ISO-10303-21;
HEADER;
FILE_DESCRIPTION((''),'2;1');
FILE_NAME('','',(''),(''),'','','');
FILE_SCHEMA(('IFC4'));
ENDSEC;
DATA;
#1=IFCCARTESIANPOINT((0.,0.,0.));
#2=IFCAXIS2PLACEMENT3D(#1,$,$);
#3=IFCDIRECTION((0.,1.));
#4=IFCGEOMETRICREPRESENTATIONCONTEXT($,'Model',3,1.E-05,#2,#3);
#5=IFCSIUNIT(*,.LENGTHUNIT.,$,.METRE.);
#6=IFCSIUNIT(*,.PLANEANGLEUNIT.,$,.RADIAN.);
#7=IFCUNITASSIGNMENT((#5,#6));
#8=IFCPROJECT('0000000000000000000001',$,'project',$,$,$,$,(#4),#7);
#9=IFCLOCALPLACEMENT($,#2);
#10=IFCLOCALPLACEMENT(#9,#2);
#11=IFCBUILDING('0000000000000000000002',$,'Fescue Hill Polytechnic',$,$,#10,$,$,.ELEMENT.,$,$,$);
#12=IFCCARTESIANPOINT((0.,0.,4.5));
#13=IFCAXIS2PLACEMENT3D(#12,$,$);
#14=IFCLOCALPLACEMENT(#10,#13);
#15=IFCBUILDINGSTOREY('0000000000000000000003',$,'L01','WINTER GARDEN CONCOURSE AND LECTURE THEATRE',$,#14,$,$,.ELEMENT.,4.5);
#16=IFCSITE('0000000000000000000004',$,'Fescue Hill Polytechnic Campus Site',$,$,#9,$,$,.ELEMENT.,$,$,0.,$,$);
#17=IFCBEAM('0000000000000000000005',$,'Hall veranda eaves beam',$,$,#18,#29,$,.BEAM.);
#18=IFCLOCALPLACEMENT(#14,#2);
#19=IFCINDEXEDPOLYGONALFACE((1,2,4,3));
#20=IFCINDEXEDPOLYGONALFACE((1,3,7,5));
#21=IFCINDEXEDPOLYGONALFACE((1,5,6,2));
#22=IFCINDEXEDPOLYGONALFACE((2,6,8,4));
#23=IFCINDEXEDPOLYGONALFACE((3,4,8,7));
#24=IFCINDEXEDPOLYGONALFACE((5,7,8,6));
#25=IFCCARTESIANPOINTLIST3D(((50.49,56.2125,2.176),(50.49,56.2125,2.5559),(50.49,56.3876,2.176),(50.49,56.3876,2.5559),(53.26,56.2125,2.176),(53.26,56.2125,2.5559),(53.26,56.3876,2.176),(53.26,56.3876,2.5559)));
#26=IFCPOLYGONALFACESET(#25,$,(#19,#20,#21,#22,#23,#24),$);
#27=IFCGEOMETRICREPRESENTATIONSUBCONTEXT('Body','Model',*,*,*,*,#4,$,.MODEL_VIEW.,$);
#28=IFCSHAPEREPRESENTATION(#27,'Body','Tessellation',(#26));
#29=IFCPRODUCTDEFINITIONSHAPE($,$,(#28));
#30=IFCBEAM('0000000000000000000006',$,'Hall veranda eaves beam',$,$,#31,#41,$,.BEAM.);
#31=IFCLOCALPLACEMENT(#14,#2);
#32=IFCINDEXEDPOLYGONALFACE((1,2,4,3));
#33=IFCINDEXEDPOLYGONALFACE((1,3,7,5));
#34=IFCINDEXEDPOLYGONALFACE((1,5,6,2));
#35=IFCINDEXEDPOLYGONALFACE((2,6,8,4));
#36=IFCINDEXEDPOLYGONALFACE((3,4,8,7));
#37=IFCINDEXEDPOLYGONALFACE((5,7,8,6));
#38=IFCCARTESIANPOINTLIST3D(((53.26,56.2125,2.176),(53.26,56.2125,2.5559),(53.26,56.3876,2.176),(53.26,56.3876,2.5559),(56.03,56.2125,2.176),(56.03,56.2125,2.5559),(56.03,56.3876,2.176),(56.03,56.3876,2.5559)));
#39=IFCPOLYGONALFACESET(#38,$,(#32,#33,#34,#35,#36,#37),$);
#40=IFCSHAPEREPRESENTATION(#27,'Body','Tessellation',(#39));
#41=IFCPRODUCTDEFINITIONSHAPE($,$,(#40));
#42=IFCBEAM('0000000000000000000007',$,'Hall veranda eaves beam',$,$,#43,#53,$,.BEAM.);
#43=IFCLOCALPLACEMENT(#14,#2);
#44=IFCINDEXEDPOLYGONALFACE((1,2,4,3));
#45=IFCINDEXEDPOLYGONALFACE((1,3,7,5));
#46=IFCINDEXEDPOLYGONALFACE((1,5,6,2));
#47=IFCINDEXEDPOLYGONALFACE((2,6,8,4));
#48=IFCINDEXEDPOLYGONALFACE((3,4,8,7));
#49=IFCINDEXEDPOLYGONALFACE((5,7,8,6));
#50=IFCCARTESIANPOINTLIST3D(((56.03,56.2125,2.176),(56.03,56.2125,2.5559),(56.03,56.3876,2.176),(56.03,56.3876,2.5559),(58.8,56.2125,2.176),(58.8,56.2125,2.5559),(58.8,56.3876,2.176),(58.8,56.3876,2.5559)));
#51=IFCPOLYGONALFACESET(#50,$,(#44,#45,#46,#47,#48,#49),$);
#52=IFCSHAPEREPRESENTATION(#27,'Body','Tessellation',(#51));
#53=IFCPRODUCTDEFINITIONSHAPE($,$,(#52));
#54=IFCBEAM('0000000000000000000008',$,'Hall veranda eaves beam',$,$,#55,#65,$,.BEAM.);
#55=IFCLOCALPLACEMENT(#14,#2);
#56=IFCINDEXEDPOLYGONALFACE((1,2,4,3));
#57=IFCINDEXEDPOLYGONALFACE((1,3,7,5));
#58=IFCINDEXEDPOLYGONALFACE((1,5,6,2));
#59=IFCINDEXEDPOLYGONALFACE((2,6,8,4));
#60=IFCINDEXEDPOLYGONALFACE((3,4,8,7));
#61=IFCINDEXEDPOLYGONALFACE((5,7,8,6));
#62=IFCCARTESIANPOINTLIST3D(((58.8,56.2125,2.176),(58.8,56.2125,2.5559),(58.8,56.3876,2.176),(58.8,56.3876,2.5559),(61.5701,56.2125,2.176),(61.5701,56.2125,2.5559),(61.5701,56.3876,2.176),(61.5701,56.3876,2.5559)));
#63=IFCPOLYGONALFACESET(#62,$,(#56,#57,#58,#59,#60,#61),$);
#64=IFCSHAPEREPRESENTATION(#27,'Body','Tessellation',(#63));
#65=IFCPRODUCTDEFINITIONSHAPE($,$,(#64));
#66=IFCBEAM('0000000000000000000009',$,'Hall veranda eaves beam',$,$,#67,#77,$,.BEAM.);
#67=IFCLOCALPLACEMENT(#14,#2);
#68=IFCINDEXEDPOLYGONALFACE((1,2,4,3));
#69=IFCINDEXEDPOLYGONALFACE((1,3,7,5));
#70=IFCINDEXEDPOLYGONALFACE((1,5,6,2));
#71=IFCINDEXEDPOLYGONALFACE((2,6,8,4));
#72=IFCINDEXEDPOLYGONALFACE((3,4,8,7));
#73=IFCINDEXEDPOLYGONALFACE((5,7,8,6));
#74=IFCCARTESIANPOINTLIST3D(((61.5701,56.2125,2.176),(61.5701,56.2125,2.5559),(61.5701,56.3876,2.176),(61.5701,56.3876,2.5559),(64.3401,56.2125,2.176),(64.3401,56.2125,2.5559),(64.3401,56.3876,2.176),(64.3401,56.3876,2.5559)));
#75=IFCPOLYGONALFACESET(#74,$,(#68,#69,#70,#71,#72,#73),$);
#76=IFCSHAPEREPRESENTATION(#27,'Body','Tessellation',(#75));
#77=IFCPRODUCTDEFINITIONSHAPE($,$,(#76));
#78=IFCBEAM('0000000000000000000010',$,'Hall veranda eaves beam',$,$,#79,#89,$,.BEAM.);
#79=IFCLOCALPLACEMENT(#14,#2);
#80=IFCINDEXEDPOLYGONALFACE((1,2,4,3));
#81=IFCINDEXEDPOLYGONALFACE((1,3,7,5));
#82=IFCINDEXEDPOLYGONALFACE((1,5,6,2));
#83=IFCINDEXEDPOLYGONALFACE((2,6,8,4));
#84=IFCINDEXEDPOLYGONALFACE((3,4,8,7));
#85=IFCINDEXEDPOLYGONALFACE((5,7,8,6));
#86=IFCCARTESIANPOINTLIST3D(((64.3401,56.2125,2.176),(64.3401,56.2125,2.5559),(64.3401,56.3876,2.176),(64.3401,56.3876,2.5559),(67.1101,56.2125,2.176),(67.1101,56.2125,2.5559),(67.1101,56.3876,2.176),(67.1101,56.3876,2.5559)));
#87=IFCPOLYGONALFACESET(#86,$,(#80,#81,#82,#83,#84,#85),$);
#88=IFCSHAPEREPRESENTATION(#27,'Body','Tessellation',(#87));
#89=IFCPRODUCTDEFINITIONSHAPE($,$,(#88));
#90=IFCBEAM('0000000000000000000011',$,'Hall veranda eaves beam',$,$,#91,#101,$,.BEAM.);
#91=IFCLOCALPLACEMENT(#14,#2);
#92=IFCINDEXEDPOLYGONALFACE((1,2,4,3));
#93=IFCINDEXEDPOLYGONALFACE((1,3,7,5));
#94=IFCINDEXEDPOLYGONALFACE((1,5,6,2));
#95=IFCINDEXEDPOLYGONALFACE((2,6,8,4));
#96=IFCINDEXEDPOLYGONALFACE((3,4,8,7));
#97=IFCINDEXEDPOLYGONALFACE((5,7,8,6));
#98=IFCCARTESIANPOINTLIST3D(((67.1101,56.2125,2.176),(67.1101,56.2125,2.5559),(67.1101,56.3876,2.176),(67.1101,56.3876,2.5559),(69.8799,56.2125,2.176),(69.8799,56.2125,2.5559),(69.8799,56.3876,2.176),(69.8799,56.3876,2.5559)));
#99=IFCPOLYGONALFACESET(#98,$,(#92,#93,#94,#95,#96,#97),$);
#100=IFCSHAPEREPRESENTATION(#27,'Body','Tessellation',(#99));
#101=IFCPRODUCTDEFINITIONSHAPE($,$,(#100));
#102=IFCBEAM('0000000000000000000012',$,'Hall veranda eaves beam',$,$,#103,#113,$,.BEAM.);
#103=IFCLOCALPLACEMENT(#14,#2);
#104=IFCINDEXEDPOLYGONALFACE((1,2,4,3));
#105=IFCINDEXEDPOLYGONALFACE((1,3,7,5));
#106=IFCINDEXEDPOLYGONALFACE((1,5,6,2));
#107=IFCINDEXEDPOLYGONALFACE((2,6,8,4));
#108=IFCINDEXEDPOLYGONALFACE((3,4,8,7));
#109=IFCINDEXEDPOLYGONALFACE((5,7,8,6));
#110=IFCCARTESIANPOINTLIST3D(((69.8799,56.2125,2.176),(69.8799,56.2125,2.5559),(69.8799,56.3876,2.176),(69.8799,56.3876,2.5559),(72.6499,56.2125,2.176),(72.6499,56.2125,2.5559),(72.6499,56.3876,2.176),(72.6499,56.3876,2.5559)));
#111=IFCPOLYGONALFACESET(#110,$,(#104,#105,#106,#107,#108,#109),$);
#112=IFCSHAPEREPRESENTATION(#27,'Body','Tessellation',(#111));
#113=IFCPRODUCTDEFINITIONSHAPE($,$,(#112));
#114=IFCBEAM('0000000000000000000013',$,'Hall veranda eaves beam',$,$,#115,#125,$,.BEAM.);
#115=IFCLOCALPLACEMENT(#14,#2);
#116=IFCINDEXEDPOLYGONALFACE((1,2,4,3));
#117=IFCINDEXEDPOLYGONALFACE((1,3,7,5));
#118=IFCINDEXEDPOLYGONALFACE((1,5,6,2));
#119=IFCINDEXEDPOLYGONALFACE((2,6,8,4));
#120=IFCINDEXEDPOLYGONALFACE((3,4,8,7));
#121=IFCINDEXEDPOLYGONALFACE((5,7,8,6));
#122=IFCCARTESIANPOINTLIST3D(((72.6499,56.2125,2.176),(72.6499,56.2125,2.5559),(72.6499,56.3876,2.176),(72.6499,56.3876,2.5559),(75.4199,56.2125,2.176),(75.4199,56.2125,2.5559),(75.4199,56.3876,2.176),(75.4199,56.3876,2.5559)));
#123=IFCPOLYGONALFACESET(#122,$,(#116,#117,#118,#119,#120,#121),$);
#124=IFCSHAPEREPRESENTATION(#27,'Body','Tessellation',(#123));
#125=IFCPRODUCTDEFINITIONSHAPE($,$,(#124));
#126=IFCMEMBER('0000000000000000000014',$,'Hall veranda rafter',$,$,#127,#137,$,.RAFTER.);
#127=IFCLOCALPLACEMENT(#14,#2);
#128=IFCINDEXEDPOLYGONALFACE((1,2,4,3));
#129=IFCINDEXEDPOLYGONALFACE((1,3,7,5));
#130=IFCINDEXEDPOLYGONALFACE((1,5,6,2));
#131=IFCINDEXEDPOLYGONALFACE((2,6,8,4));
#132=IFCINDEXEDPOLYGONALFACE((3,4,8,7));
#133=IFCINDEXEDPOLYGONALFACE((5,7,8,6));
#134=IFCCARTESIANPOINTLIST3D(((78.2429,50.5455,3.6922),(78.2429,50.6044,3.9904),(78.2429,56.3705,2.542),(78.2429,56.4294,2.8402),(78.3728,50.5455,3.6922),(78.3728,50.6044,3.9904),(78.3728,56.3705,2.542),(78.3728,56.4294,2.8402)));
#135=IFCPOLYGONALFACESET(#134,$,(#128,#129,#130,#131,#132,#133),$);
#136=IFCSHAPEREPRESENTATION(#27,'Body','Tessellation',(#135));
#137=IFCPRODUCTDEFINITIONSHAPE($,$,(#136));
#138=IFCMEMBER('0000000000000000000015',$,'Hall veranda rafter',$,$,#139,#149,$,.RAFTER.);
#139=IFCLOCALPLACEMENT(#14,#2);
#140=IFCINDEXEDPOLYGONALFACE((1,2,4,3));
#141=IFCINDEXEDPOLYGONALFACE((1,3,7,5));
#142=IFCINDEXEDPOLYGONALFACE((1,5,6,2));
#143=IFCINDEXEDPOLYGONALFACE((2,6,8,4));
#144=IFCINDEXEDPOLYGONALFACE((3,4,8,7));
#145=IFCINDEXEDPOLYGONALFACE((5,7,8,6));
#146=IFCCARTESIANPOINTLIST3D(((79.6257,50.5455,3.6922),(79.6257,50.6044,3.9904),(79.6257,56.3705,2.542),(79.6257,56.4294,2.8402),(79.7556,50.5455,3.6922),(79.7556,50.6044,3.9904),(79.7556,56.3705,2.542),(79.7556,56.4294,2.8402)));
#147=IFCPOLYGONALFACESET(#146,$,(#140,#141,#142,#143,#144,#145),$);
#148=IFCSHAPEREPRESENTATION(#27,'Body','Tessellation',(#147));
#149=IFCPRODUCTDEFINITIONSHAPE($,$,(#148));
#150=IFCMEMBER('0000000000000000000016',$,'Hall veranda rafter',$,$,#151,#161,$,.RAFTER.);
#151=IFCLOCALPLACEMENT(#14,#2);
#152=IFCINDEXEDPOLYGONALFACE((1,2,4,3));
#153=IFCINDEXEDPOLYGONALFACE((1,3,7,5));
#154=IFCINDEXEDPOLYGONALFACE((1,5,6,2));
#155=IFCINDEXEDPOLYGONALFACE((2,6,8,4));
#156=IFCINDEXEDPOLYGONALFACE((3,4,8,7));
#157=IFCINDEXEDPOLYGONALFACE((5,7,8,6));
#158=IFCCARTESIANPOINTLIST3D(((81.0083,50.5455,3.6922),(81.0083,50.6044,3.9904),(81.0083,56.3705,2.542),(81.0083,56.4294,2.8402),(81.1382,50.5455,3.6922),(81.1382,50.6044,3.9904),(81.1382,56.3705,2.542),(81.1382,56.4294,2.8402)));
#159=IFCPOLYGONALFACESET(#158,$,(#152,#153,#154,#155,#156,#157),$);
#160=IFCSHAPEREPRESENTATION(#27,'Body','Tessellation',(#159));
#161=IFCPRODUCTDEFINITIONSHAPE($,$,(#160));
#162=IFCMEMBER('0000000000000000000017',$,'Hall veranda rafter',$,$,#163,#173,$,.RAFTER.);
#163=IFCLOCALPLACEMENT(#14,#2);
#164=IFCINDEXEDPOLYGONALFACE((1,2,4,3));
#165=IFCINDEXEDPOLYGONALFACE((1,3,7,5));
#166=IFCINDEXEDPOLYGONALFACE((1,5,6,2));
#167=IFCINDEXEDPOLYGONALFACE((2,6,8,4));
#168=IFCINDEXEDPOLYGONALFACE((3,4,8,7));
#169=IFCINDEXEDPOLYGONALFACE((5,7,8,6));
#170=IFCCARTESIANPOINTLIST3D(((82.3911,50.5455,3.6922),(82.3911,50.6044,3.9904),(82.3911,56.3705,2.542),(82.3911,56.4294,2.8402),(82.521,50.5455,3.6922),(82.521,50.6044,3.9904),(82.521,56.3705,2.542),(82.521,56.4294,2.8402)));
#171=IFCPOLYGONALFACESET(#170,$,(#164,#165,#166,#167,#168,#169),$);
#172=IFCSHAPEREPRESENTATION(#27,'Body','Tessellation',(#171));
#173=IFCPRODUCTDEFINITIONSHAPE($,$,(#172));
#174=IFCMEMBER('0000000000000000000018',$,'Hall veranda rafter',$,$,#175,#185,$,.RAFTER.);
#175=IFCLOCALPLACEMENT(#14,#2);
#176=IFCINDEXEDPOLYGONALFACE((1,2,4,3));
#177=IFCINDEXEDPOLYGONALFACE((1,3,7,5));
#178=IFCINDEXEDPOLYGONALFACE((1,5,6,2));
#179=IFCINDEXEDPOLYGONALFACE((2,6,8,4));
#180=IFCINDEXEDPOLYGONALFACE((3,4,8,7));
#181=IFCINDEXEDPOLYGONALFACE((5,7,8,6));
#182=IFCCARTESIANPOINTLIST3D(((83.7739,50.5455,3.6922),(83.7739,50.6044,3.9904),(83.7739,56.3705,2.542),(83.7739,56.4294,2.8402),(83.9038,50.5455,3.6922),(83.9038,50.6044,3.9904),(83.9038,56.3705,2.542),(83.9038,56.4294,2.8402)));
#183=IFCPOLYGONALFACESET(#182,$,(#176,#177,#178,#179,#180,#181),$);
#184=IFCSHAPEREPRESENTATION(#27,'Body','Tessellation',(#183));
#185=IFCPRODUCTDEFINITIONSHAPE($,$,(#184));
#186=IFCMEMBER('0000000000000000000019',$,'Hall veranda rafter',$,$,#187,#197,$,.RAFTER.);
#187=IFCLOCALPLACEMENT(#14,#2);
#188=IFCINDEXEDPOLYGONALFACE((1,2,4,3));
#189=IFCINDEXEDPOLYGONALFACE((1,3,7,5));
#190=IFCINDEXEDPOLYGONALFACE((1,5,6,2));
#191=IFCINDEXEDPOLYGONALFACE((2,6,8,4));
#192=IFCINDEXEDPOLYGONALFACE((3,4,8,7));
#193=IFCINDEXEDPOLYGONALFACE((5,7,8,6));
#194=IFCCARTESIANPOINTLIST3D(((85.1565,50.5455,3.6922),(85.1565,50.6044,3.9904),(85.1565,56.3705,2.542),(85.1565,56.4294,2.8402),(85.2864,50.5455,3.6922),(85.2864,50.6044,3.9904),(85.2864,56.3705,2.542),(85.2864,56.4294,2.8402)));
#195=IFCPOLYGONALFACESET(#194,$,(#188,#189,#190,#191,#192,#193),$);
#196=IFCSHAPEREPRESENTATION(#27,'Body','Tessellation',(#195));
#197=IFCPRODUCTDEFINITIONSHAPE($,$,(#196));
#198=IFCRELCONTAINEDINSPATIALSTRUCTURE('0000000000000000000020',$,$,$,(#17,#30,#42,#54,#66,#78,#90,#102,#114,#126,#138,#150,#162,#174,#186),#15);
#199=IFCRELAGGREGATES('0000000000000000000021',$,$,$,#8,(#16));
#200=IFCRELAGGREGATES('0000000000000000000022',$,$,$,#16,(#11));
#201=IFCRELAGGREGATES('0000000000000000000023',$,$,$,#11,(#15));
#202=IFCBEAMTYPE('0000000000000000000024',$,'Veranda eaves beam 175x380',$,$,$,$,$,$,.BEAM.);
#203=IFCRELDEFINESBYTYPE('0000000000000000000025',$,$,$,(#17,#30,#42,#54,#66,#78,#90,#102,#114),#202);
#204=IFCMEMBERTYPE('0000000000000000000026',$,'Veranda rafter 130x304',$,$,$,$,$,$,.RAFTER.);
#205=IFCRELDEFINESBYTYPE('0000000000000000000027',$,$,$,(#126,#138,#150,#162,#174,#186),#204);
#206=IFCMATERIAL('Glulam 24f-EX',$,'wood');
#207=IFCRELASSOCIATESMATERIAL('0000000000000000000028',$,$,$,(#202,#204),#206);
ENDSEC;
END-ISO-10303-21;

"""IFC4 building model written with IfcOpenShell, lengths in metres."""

from ifc_helpers import new_model, si_unit, direction, frame, origin, origin_2d, place, context, subcontext, project, spatial, rectangle, extrude, material, material_profile, profile_set, type_object, element, save


model = new_model("IFC4")

# Units and contexts
model_context = context("Model", 3, precision=1e-05, world=origin(), true_north=direction((0.0, 1.0)))
body_context = subcontext(model_context, "Body", "Model", "MODEL_VIEW")
ifc_project = project(units=[si_unit("LENGTHUNIT", "METRE"), si_unit("PLANEANGLEUNIT", "RADIAN")], contexts=[model_context])

# Site, building, storey
site_placement = place(None, origin())
site = spatial("IfcSite", under=ifc_project, at=site_placement, Name="Fescue Hill Polytechnic Campus Site", CompositionType="ELEMENT", RefElevation=0.0)
building_placement = place(site_placement, origin())
building = spatial("IfcBuilding", under=site, at=building_placement, Name="Fescue Hill Polytechnic", CompositionType="ELEMENT")
storey_placement = place(building_placement, frame((0.0, 0.0, 4.5)))
storey = spatial("IfcBuildingStorey", under=building, at=storey_placement, Name="L01", Description="WINTER GARDEN CONCOURSE AND LECTURE THEATRE", CompositionType="ELEMENT", Elevation=4.5)

# Shared definitions
ifc_material_1 = material(Name="Glulam 24f-EX", Category="wood")

# Beams
ifc_material_profile_1 = material_profile(ifc_material_1, rectangle(XDim=0.175, YDim=0.3799, at=origin_2d()), Name="Veranda eaves beam 175x380")
ifc_profile_set_1 = profile_set([ifc_material_profile_1], Name="Glulam 24f-EX")
beam_type = type_object("IfcBeamType", Name="Veranda eaves beam 175x380", PredefinedType="BEAM", material=ifc_profile_set_1)
for number, where, z_axis, x_axis, name in (
    (1, (50.49, 56.3, 2.366), (1.0, 0.0, 0.0), (0.0, 1.0, 0.0), "Hall veranda eaves beam"),
    (2, (53.26, 56.3, 2.366), (1.0, 0.0, 0.0), (0.0, 1.0, 0.0), "Hall veranda eaves beam"),
    (3, (56.03, 56.3, 2.366), (1.0, 0.0, 0.0), (0.0, 1.0, 0.0), "Hall veranda eaves beam"),
    (4, (58.8, 56.3, 2.366), (1.0, 0.0, 0.0), (0.0, 1.0, 0.0), "Hall veranda eaves beam"),
    (5, (61.5701, 56.3, 2.366), (1.0, 0.0, 0.0), (0.0, 1.0, 0.0), "Hall veranda eaves beam"),
    (6, (64.3401, 56.3, 2.366), (1.0, 0.0, 0.0), (0.0, 1.0, 0.0), "Hall veranda eaves beam"),
):
    element("IfcBeam", number, at=place(storey_placement, frame(where, z_axis=z_axis, x_axis=x_axis)), inside=storey, type_object=beam_type, Name=name, PredefinedType="BEAM", context=body_context, shape_type="SweptSolid", body=[
        extrude(rectangle(XDim=0.175, YDim=0.3799, at=origin_2d()), origin(), (0.0, 0.0, 1.0), 2.77),
    ])
beam_placement = place(storey_placement, frame((67.1101, 56.3, 2.366), z_axis=(1.0, 0.0, 0.0), x_axis=(0.0, 1.0, 0.0)))
element("IfcBeam", 7, at=beam_placement, inside=storey, type_object=beam_type, Name="Hall veranda eaves beam", PredefinedType="BEAM", context=body_context, shape_type="SweptSolid", body=[
    extrude(rectangle(XDim=0.175, YDim=0.3799, at=origin_2d()), origin(), (0.0, 0.0, 1.0), 2.7698),
])
for number, where, z_axis, x_axis, name in (
    (8, (69.8799, 56.3, 2.366), (1.0, 0.0, 0.0), (0.0, 1.0, 0.0), "Hall veranda eaves beam"),
    (9, (72.6499, 56.3, 2.366), (1.0, 0.0, 0.0), (0.0, 1.0, 0.0), "Hall veranda eaves beam"),
):
    element("IfcBeam", number, at=place(storey_placement, frame(where, z_axis=z_axis, x_axis=x_axis)), inside=storey, type_object=beam_type, Name=name, PredefinedType="BEAM", context=body_context, shape_type="SweptSolid", body=[
        extrude(rectangle(XDim=0.175, YDim=0.3799, at=origin_2d()), origin(), (0.0, 0.0, 1.0), 2.77),
    ])

# Members
ifc_material_profile_2 = material_profile(ifc_material_1, rectangle(XDim=0.1299, YDim=0.304, at=origin_2d()), Name="Veranda rafter 130x304")
ifc_profile_set_2 = profile_set([ifc_material_profile_2], Name="Glulam 24f-EX")
member_type = type_object("IfcMemberType", Name="Veranda rafter 130x304", PredefinedType="RAFTER", material=ifc_profile_set_2)
for number, where, z_axis, x_axis, name in (
    (10, (78.3079, 50.575, 3.8413), (0.0, 0.981059, -0.193712), (-1.0, 0.0, 0.0), "Hall veranda rafter"),
    (11, (79.6907, 50.575, 3.8413), (0.0, 0.981059, -0.193712), (-1.0, 0.0, 0.0), "Hall veranda rafter"),
    (12, (81.0732, 50.575, 3.8413), (0.0, 0.981059, -0.193712), (-1.0, 0.0, 0.0), "Hall veranda rafter"),
    (13, (82.4561, 50.575, 3.8413), (0.0, 0.981059, -0.193712), (-1.0, 0.0, 0.0), "Hall veranda rafter"),
    (14, (83.8389, 50.575, 3.8413), (0.0, 0.981059, -0.193712), (-1.0, 0.0, 0.0), "Hall veranda rafter"),
    (15, (85.2214, 50.575, 3.8413), (0.0, 0.981059, -0.193712), (-1.0, 0.0, 0.0), "Hall veranda rafter"),
):
    element("IfcMember", number, at=place(storey_placement, frame(where, z_axis=z_axis, x_axis=x_axis)), inside=storey, type_object=member_type, Name=name, PredefinedType="RAFTER", context=body_context, shape_type="SweptSolid", body=[
        extrude(rectangle(XDim=0.1299, YDim=0.304, at=origin_2d()), origin(), (0.0, 0.0, 1.0), 5.9375),
    ])

save(model, "model.ifc")
